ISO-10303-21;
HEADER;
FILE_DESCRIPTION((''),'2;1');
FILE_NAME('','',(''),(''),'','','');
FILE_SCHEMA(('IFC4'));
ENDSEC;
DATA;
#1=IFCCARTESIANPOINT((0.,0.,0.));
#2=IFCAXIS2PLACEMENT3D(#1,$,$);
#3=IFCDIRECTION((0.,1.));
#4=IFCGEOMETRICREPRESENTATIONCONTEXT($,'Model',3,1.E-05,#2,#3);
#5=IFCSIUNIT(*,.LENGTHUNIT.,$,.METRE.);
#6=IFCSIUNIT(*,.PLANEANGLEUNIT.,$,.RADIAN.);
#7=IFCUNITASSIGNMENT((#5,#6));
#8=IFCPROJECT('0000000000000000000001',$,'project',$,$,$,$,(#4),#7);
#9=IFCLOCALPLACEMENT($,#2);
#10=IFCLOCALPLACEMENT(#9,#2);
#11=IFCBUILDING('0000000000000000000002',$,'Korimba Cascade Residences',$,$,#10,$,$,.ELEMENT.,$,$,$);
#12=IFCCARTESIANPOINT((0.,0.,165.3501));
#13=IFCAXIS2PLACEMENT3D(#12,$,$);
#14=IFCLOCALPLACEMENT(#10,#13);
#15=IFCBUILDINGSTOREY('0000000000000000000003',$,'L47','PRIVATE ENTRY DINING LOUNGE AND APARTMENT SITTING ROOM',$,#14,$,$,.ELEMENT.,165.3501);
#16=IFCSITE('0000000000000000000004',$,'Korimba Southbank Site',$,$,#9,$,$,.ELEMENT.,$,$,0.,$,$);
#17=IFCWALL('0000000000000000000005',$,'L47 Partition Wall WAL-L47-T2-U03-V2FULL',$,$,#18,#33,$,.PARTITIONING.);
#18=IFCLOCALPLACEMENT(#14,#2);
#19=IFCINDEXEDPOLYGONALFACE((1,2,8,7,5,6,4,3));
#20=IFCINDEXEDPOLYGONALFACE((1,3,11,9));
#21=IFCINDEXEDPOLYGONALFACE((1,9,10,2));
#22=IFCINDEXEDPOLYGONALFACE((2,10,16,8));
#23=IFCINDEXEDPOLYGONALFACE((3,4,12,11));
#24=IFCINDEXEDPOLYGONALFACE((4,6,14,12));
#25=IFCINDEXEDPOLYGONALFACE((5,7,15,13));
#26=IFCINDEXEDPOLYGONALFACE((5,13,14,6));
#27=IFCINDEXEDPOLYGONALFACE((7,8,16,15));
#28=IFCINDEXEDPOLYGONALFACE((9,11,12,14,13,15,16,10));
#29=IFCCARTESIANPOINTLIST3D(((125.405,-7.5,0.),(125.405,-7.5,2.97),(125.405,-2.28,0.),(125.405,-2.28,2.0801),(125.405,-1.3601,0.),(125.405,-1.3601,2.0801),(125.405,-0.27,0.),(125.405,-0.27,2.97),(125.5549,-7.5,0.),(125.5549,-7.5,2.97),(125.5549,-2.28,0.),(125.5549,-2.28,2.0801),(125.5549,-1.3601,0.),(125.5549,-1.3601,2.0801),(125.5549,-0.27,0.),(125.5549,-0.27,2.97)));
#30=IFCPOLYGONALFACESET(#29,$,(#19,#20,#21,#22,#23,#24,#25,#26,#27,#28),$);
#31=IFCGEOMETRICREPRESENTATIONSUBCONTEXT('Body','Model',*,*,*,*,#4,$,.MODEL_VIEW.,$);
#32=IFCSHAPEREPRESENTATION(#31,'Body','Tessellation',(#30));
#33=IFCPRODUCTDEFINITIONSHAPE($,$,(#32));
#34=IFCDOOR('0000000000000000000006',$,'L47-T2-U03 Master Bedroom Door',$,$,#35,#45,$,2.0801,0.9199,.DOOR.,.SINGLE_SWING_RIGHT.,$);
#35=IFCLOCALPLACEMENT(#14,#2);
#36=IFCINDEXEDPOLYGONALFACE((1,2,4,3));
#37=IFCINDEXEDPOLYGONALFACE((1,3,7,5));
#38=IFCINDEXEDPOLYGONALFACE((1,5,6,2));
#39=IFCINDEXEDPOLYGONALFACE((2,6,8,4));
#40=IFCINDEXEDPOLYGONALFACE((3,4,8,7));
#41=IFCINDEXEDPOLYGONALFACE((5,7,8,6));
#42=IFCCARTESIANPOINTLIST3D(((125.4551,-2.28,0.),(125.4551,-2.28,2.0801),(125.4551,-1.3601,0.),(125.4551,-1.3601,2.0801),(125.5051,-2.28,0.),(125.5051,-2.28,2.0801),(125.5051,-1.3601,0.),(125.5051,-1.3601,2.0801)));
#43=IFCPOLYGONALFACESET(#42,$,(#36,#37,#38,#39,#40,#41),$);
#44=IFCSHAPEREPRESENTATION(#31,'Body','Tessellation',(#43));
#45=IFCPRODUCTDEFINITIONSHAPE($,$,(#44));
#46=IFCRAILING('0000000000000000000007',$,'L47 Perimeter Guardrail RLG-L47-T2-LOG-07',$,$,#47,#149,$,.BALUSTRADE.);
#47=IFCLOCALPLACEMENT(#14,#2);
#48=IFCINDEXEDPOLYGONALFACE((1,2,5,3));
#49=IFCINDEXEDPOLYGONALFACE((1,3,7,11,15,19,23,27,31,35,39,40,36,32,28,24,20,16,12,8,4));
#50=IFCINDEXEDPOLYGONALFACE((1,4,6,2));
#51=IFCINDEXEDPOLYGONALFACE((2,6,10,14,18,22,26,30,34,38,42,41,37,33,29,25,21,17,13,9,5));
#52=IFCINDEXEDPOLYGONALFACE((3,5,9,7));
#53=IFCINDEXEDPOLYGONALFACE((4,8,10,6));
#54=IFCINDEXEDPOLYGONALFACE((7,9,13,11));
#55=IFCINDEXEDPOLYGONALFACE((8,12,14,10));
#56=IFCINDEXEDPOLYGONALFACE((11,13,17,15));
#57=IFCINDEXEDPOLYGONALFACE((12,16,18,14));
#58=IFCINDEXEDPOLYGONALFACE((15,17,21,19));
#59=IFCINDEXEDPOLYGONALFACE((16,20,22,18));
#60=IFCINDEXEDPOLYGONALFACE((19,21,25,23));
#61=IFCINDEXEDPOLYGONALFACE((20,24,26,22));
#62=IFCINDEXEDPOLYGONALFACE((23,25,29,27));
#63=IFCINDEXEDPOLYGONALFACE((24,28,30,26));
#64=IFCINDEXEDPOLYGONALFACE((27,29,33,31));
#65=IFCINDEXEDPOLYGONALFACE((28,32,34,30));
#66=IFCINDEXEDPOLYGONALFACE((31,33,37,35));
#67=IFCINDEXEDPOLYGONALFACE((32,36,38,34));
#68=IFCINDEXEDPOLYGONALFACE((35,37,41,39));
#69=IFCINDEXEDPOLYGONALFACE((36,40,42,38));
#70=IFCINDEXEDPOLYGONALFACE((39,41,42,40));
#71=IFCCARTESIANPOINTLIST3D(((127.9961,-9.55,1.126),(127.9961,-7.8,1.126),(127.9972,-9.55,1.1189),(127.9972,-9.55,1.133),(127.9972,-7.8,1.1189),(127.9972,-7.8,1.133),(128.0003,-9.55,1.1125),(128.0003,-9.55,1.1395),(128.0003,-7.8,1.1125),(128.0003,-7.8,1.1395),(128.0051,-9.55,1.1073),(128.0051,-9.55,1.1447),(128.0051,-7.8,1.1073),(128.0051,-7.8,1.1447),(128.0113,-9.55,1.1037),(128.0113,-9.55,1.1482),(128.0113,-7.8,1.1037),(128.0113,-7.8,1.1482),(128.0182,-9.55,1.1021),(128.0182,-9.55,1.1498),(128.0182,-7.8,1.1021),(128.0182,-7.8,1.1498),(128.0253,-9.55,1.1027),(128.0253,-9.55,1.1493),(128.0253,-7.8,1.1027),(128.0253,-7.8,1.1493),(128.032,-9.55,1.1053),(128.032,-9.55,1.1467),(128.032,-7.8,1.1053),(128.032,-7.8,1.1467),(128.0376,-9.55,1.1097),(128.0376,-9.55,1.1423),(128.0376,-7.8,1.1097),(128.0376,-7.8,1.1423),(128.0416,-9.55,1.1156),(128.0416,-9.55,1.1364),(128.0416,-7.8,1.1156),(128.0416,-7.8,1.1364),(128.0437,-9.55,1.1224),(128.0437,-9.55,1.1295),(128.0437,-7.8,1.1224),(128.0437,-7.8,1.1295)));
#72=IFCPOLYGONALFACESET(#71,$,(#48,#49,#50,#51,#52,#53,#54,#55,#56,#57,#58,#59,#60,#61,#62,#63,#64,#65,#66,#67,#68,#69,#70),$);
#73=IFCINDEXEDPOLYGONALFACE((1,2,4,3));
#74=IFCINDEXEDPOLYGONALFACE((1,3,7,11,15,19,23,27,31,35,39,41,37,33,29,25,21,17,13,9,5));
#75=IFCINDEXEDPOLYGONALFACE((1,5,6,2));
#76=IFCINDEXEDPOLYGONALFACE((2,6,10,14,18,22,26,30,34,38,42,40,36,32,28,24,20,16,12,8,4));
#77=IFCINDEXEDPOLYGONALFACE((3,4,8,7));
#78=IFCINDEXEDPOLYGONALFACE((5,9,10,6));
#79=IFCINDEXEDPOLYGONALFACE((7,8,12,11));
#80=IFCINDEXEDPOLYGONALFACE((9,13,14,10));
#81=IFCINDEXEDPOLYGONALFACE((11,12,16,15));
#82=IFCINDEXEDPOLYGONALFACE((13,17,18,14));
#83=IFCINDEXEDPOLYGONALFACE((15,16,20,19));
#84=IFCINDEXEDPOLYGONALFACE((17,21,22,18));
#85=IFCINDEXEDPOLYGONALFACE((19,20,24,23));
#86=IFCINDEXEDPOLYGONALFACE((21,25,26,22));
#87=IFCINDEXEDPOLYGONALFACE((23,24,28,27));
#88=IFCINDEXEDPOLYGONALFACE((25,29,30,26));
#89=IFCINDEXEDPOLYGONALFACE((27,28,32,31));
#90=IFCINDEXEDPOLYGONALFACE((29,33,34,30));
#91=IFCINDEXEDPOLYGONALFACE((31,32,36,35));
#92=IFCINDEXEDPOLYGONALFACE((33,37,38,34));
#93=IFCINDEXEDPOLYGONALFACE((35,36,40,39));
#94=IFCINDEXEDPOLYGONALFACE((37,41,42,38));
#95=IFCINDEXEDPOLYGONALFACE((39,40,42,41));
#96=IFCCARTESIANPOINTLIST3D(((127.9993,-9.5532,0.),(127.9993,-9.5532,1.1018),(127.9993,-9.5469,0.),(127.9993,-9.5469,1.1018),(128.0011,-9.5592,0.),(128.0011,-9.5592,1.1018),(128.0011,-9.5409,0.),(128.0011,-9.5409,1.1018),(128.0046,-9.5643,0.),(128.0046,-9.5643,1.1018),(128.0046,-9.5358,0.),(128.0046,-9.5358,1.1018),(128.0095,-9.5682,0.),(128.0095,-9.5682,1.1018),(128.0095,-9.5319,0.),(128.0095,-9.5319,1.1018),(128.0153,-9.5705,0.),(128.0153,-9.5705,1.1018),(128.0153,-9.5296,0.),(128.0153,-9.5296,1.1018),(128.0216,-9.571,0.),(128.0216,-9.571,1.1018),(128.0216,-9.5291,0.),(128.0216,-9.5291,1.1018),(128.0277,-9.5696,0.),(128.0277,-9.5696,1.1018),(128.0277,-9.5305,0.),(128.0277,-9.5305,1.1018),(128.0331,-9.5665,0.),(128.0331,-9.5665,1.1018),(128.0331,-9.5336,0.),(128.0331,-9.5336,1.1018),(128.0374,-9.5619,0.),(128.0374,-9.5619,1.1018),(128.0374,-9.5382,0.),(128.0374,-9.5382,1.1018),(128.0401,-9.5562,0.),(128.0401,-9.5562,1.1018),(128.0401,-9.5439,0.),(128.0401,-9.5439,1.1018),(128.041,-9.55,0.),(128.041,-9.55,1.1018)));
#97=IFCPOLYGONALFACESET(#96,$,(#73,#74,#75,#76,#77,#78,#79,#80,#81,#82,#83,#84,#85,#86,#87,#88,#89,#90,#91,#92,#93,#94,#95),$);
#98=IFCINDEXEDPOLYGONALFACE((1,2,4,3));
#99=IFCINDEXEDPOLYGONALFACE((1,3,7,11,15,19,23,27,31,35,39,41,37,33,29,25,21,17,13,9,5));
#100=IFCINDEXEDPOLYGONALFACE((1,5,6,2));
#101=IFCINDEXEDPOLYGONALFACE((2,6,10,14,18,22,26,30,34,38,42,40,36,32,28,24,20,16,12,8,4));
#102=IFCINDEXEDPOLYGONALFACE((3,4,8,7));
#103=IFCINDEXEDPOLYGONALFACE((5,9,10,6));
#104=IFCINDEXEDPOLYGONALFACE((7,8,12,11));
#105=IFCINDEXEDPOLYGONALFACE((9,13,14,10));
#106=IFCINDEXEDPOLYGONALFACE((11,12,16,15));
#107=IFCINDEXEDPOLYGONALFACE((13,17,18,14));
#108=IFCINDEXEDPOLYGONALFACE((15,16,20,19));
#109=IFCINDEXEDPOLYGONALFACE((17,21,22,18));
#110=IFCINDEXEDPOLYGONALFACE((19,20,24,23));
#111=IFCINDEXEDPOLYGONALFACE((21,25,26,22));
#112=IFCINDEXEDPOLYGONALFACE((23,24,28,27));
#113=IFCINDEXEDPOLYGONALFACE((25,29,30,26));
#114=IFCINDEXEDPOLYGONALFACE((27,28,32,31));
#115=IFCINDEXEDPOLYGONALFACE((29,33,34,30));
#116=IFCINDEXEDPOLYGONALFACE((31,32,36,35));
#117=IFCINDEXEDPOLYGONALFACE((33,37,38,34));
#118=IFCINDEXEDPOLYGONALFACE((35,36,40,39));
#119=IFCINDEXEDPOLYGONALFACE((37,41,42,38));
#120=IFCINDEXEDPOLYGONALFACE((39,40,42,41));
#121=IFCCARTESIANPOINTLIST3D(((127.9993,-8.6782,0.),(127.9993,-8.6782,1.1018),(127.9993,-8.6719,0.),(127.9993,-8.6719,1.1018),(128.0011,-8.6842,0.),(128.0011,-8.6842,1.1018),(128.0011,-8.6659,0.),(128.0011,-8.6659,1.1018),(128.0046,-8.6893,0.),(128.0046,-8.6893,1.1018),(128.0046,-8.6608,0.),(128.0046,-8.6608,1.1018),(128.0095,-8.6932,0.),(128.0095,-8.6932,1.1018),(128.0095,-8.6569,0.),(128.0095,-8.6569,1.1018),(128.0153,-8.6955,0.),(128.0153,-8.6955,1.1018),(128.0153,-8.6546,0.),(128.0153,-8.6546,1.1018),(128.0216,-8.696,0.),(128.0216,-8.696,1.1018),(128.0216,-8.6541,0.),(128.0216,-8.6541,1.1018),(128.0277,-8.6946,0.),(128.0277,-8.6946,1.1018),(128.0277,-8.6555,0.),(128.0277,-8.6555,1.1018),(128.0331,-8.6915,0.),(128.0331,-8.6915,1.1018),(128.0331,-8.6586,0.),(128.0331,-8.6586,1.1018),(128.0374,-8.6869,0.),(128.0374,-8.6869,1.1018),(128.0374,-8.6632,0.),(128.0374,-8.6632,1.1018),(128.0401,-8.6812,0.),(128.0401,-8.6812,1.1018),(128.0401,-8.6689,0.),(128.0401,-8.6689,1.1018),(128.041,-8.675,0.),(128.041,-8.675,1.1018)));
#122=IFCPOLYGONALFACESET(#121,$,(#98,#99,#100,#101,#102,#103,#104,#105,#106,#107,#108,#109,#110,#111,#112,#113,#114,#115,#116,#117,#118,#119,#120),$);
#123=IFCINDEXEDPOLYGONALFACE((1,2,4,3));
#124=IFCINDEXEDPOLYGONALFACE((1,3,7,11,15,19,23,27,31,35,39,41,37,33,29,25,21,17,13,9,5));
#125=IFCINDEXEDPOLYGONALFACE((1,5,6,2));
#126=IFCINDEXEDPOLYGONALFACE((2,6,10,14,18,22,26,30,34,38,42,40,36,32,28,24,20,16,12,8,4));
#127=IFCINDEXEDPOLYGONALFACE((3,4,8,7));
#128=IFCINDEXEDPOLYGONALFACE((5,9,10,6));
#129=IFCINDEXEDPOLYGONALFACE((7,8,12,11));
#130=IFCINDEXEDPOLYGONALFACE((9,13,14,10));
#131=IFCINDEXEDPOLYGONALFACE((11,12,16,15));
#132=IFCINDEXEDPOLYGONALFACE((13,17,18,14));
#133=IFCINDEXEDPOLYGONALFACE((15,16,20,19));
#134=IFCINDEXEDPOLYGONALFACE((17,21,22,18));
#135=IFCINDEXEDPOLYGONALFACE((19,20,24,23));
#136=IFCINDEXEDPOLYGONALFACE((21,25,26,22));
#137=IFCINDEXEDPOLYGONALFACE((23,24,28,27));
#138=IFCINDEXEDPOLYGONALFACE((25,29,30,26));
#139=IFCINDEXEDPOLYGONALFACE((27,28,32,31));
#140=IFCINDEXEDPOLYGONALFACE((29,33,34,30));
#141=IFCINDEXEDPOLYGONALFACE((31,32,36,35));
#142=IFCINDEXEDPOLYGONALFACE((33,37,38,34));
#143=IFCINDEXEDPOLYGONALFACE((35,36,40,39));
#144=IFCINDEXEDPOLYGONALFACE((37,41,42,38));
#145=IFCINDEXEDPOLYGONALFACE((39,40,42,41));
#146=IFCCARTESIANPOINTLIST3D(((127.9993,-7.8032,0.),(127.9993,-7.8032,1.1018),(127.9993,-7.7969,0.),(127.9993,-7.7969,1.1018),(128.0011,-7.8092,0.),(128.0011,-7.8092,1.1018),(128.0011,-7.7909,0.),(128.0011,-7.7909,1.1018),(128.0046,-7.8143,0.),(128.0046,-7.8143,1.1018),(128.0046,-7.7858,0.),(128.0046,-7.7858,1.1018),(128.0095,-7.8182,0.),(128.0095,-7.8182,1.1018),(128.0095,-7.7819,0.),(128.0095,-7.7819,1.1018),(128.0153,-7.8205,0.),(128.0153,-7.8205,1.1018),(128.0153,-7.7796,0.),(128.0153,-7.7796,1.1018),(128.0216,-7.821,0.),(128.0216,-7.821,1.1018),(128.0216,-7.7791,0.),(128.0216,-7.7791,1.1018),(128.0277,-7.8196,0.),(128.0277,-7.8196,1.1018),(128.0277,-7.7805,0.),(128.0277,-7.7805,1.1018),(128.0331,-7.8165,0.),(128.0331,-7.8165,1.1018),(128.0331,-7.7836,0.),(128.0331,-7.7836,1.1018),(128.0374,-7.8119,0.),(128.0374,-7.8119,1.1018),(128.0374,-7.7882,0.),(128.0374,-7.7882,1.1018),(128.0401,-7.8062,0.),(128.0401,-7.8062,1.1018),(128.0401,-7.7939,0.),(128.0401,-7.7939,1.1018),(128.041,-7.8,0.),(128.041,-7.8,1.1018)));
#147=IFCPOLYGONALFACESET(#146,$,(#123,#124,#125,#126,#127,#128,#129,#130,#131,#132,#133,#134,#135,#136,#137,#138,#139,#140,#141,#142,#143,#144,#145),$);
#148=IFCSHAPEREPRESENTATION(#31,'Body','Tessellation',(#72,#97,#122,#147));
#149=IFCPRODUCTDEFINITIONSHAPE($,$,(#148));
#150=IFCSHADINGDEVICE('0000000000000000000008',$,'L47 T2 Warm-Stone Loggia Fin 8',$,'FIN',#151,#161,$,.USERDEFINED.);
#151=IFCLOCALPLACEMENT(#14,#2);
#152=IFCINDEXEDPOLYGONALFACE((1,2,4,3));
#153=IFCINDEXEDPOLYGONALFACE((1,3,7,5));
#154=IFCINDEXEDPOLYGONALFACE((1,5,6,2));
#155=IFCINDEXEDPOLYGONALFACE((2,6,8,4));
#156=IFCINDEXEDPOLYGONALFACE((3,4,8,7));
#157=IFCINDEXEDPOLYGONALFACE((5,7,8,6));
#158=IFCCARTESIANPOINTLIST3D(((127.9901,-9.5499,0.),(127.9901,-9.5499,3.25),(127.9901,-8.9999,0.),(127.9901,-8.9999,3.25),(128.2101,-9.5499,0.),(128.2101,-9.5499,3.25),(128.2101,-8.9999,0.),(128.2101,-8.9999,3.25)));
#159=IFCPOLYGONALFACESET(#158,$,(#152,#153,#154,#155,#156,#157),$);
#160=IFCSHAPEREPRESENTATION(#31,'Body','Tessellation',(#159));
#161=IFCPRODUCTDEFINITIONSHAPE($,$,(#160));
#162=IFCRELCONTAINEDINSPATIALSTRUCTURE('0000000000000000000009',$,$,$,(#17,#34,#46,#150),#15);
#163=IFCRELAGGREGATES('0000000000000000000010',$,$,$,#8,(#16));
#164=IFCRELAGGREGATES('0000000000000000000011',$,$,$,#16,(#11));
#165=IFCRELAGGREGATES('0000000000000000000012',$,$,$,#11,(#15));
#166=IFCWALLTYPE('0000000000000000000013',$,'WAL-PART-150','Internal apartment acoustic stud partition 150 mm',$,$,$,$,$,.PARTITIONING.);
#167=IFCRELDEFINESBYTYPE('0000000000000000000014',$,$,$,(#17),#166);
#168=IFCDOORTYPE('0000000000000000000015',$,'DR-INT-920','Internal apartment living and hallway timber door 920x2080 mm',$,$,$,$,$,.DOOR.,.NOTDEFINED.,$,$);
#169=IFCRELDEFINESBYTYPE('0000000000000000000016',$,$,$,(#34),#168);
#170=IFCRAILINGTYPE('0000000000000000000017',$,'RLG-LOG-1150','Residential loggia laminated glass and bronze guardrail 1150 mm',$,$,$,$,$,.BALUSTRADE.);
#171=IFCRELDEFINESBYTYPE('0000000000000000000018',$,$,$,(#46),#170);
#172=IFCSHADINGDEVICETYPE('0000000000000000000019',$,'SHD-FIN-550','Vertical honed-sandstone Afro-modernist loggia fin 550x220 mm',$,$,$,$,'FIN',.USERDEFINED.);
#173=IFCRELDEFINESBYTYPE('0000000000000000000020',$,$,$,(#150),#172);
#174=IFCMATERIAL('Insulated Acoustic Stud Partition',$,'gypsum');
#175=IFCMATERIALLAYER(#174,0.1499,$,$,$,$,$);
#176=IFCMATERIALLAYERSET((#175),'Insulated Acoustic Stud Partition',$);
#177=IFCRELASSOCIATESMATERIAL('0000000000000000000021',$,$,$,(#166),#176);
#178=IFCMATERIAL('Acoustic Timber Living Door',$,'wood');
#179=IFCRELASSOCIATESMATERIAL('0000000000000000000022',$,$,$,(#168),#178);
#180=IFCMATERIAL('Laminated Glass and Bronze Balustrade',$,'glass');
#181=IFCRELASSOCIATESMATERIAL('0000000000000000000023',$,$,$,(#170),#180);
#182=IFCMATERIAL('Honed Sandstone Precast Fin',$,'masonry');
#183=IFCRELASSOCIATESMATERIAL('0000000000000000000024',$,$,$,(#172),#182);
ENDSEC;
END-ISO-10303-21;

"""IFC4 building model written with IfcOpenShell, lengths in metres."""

from ifc_helpers import new_model, si_unit, direction, frame, frame_2d, origin, origin_2d, place, context, subcontext, project, spatial, rectangle, circle, extrude, material, layer, layer_set, type_object, element, fill, save


model = new_model("IFC4")

# Units and contexts
model_context = context("Model", 3, precision=1e-05, world=origin(), true_north=direction((0.0, 1.0)))
body_context = subcontext(model_context, "Body", "Model", "MODEL_VIEW")
ifc_project = project(units=[si_unit("LENGTHUNIT", "METRE"), si_unit("PLANEANGLEUNIT", "RADIAN")], contexts=[model_context])

# Site, building, storey
site_placement = place(None, origin())
site = spatial("IfcSite", under=ifc_project, at=site_placement, Name="Korimba Southbank Site", CompositionType="ELEMENT", RefElevation=0.0)
building_placement = place(site_placement, origin())
building = spatial("IfcBuilding", under=site, at=building_placement, Name="Korimba Cascade Residences", CompositionType="ELEMENT")
storey_placement = place(building_placement, frame((0.0, 0.0, 165.3501)))
storey = spatial("IfcBuildingStorey", under=building, at=storey_placement, Name="L47", Description="PRIVATE ENTRY DINING LOUNGE AND APARTMENT SITTING ROOM", CompositionType="ELEMENT", Elevation=165.3501)

# Shared definitions
ifc_material_1 = material(Name="Insulated Acoustic Stud Partition", Category="gypsum")
ifc_layer_1 = layer(ifc_material_1, 0.1499)
ifc_layer_set_1 = layer_set([ifc_layer_1], Name="Insulated Acoustic Stud Partition")
wall_type_1 = type_object("IfcWallType", Name="WAL-PART-150", Description="Internal apartment acoustic stud partition 150 mm", PredefinedType="PARTITIONING", material=ifc_layer_set_1)

# Wall, opening, door
wall_1_placement = place(storey_placement, frame((125.48, -7.5, 0.0), z_axis=(0.0, 0.0, 1.0), x_axis=(0.0, 1.0, 0.0)))
wall_1 = element("IfcWall", 1, at=wall_1_placement, inside=storey, type_object=wall_type_1, Name="L47 Partition Wall WAL-L47-T2-U03-V2FULL", PredefinedType="PARTITIONING", context=body_context, shape_type="SweptSolid", body=[
    extrude(rectangle(XDim=7.23, YDim=0.1499, at=frame_2d((3.615, 0.0))), origin(), (0.0, 0.0, 1.0), 2.97),
])
opening_1_placement = place(wall_1_placement, frame((5.22, 0.0, 0.0)))
opening_1 = element("IfcOpeningElement", 2, at=opening_1_placement, cuts=wall_1, PredefinedType="OPENING", context=body_context, shape_type="SweptSolid", body=[
    extrude(rectangle(XDim=0.9199, YDim=2.0801, at=frame_2d((0.46, 1.04))), frame((0.0, 0.085, 0.0), z_axis=(0.0, -1.0, 0.0), x_axis=(1.0, 0.0, 0.0)), (0.0, 0.0, 1.0), 0.1699),
])
ifc_material_2 = material(Name="Acoustic Timber Living Door", Category="wood")
door_type = type_object("IfcDoorType", Name="DR-INT-920", Description="Internal apartment living and hallway timber door 920x2080 mm", OperationType="NOTDEFINED", PredefinedType="DOOR", material=ifc_material_2)
door_placement = place(opening_1_placement, origin())
door = element("IfcDoor", 3, at=door_placement, inside=storey, type_object=door_type, Name="L47-T2-U03 Master Bedroom Door", OperationType="SINGLE_SWING_RIGHT", OverallHeight=2.0801, OverallWidth=0.9199, PredefinedType="DOOR", context=body_context, shape_type="SweptSolid", body=[
    extrude(rectangle(XDim=0.9199, YDim=2.0801, at=frame_2d((0.46, 1.04))), frame((0.0, 0.0249, 0.0), z_axis=(0.0, -1.0, 0.0), x_axis=(1.0, 0.0, 0.0)), (0.0, 0.0, 1.0), 0.05),
])
fill(opening_1, door)

# Railing
ifc_material_3 = material(Name="Laminated Glass and Bronze Balustrade", Category="glass")
railing_type = type_object("IfcRailingType", Name="RLG-LOG-1150", Description="Residential loggia laminated glass and bronze guardrail 1150 mm", PredefinedType="BALUSTRADE", material=ifc_material_3)
railing_placement = place(storey_placement, frame((128.02, -9.55, 0.0)))
element("IfcRailing", 4, at=railing_placement, inside=storey, type_object=railing_type, Name="L47 Perimeter Guardrail RLG-L47-T2-LOG-07", PredefinedType="BALUSTRADE", context=body_context, shape_type="SweptSolid", body=[
    extrude(circle(Radius=0.0239, at=origin_2d()), frame((0.0, 0.0, 1.126), z_axis=(0.0, 1.0, 0.0), x_axis=(-1.0, 0.0, 0.0)), (0.0, 0.0, 1.0), 1.75),
    extrude(circle(Radius=0.021, at=origin_2d()), origin(), (0.0, 0.0, 1.0), 1.1018),
    extrude(circle(Radius=0.021, at=origin_2d()), frame((0.0, 0.875, 0.0)), (0.0, 0.0, 1.0), 1.1018),
    extrude(circle(Radius=0.021, at=origin_2d()), frame((0.0, 1.75, 0.0)), (0.0, 0.0, 1.0), 1.1018),
])

# Shading device
ifc_material_4 = material(Name="Honed Sandstone Precast Fin", Category="masonry")
shading_device_type = type_object("IfcShadingDeviceType", Name="SHD-FIN-550", Description="Vertical honed-sandstone Afro-modernist loggia fin 550x220 mm", ElementType="FIN", PredefinedType="USERDEFINED", material=ifc_material_4)
shading_device_placement = place(storey_placement, frame((128.1001, -9.2749, 0.0), z_axis=(0.0, 0.0, 1.0), x_axis=(1.0, 0.0, 0.0)))
element("IfcShadingDevice", 5, at=shading_device_placement, inside=storey, type_object=shading_device_type, Name="L47 T2 Warm-Stone Loggia Fin 8", ObjectType="FIN", PredefinedType="USERDEFINED", context=body_context, shape_type="SweptSolid", body=[
    extrude(rectangle(XDim=0.22, YDim=0.55, at=origin_2d()), origin(), (0.0, 0.0, 1.0), 3.25),
])

save(model, "model.ifc")
